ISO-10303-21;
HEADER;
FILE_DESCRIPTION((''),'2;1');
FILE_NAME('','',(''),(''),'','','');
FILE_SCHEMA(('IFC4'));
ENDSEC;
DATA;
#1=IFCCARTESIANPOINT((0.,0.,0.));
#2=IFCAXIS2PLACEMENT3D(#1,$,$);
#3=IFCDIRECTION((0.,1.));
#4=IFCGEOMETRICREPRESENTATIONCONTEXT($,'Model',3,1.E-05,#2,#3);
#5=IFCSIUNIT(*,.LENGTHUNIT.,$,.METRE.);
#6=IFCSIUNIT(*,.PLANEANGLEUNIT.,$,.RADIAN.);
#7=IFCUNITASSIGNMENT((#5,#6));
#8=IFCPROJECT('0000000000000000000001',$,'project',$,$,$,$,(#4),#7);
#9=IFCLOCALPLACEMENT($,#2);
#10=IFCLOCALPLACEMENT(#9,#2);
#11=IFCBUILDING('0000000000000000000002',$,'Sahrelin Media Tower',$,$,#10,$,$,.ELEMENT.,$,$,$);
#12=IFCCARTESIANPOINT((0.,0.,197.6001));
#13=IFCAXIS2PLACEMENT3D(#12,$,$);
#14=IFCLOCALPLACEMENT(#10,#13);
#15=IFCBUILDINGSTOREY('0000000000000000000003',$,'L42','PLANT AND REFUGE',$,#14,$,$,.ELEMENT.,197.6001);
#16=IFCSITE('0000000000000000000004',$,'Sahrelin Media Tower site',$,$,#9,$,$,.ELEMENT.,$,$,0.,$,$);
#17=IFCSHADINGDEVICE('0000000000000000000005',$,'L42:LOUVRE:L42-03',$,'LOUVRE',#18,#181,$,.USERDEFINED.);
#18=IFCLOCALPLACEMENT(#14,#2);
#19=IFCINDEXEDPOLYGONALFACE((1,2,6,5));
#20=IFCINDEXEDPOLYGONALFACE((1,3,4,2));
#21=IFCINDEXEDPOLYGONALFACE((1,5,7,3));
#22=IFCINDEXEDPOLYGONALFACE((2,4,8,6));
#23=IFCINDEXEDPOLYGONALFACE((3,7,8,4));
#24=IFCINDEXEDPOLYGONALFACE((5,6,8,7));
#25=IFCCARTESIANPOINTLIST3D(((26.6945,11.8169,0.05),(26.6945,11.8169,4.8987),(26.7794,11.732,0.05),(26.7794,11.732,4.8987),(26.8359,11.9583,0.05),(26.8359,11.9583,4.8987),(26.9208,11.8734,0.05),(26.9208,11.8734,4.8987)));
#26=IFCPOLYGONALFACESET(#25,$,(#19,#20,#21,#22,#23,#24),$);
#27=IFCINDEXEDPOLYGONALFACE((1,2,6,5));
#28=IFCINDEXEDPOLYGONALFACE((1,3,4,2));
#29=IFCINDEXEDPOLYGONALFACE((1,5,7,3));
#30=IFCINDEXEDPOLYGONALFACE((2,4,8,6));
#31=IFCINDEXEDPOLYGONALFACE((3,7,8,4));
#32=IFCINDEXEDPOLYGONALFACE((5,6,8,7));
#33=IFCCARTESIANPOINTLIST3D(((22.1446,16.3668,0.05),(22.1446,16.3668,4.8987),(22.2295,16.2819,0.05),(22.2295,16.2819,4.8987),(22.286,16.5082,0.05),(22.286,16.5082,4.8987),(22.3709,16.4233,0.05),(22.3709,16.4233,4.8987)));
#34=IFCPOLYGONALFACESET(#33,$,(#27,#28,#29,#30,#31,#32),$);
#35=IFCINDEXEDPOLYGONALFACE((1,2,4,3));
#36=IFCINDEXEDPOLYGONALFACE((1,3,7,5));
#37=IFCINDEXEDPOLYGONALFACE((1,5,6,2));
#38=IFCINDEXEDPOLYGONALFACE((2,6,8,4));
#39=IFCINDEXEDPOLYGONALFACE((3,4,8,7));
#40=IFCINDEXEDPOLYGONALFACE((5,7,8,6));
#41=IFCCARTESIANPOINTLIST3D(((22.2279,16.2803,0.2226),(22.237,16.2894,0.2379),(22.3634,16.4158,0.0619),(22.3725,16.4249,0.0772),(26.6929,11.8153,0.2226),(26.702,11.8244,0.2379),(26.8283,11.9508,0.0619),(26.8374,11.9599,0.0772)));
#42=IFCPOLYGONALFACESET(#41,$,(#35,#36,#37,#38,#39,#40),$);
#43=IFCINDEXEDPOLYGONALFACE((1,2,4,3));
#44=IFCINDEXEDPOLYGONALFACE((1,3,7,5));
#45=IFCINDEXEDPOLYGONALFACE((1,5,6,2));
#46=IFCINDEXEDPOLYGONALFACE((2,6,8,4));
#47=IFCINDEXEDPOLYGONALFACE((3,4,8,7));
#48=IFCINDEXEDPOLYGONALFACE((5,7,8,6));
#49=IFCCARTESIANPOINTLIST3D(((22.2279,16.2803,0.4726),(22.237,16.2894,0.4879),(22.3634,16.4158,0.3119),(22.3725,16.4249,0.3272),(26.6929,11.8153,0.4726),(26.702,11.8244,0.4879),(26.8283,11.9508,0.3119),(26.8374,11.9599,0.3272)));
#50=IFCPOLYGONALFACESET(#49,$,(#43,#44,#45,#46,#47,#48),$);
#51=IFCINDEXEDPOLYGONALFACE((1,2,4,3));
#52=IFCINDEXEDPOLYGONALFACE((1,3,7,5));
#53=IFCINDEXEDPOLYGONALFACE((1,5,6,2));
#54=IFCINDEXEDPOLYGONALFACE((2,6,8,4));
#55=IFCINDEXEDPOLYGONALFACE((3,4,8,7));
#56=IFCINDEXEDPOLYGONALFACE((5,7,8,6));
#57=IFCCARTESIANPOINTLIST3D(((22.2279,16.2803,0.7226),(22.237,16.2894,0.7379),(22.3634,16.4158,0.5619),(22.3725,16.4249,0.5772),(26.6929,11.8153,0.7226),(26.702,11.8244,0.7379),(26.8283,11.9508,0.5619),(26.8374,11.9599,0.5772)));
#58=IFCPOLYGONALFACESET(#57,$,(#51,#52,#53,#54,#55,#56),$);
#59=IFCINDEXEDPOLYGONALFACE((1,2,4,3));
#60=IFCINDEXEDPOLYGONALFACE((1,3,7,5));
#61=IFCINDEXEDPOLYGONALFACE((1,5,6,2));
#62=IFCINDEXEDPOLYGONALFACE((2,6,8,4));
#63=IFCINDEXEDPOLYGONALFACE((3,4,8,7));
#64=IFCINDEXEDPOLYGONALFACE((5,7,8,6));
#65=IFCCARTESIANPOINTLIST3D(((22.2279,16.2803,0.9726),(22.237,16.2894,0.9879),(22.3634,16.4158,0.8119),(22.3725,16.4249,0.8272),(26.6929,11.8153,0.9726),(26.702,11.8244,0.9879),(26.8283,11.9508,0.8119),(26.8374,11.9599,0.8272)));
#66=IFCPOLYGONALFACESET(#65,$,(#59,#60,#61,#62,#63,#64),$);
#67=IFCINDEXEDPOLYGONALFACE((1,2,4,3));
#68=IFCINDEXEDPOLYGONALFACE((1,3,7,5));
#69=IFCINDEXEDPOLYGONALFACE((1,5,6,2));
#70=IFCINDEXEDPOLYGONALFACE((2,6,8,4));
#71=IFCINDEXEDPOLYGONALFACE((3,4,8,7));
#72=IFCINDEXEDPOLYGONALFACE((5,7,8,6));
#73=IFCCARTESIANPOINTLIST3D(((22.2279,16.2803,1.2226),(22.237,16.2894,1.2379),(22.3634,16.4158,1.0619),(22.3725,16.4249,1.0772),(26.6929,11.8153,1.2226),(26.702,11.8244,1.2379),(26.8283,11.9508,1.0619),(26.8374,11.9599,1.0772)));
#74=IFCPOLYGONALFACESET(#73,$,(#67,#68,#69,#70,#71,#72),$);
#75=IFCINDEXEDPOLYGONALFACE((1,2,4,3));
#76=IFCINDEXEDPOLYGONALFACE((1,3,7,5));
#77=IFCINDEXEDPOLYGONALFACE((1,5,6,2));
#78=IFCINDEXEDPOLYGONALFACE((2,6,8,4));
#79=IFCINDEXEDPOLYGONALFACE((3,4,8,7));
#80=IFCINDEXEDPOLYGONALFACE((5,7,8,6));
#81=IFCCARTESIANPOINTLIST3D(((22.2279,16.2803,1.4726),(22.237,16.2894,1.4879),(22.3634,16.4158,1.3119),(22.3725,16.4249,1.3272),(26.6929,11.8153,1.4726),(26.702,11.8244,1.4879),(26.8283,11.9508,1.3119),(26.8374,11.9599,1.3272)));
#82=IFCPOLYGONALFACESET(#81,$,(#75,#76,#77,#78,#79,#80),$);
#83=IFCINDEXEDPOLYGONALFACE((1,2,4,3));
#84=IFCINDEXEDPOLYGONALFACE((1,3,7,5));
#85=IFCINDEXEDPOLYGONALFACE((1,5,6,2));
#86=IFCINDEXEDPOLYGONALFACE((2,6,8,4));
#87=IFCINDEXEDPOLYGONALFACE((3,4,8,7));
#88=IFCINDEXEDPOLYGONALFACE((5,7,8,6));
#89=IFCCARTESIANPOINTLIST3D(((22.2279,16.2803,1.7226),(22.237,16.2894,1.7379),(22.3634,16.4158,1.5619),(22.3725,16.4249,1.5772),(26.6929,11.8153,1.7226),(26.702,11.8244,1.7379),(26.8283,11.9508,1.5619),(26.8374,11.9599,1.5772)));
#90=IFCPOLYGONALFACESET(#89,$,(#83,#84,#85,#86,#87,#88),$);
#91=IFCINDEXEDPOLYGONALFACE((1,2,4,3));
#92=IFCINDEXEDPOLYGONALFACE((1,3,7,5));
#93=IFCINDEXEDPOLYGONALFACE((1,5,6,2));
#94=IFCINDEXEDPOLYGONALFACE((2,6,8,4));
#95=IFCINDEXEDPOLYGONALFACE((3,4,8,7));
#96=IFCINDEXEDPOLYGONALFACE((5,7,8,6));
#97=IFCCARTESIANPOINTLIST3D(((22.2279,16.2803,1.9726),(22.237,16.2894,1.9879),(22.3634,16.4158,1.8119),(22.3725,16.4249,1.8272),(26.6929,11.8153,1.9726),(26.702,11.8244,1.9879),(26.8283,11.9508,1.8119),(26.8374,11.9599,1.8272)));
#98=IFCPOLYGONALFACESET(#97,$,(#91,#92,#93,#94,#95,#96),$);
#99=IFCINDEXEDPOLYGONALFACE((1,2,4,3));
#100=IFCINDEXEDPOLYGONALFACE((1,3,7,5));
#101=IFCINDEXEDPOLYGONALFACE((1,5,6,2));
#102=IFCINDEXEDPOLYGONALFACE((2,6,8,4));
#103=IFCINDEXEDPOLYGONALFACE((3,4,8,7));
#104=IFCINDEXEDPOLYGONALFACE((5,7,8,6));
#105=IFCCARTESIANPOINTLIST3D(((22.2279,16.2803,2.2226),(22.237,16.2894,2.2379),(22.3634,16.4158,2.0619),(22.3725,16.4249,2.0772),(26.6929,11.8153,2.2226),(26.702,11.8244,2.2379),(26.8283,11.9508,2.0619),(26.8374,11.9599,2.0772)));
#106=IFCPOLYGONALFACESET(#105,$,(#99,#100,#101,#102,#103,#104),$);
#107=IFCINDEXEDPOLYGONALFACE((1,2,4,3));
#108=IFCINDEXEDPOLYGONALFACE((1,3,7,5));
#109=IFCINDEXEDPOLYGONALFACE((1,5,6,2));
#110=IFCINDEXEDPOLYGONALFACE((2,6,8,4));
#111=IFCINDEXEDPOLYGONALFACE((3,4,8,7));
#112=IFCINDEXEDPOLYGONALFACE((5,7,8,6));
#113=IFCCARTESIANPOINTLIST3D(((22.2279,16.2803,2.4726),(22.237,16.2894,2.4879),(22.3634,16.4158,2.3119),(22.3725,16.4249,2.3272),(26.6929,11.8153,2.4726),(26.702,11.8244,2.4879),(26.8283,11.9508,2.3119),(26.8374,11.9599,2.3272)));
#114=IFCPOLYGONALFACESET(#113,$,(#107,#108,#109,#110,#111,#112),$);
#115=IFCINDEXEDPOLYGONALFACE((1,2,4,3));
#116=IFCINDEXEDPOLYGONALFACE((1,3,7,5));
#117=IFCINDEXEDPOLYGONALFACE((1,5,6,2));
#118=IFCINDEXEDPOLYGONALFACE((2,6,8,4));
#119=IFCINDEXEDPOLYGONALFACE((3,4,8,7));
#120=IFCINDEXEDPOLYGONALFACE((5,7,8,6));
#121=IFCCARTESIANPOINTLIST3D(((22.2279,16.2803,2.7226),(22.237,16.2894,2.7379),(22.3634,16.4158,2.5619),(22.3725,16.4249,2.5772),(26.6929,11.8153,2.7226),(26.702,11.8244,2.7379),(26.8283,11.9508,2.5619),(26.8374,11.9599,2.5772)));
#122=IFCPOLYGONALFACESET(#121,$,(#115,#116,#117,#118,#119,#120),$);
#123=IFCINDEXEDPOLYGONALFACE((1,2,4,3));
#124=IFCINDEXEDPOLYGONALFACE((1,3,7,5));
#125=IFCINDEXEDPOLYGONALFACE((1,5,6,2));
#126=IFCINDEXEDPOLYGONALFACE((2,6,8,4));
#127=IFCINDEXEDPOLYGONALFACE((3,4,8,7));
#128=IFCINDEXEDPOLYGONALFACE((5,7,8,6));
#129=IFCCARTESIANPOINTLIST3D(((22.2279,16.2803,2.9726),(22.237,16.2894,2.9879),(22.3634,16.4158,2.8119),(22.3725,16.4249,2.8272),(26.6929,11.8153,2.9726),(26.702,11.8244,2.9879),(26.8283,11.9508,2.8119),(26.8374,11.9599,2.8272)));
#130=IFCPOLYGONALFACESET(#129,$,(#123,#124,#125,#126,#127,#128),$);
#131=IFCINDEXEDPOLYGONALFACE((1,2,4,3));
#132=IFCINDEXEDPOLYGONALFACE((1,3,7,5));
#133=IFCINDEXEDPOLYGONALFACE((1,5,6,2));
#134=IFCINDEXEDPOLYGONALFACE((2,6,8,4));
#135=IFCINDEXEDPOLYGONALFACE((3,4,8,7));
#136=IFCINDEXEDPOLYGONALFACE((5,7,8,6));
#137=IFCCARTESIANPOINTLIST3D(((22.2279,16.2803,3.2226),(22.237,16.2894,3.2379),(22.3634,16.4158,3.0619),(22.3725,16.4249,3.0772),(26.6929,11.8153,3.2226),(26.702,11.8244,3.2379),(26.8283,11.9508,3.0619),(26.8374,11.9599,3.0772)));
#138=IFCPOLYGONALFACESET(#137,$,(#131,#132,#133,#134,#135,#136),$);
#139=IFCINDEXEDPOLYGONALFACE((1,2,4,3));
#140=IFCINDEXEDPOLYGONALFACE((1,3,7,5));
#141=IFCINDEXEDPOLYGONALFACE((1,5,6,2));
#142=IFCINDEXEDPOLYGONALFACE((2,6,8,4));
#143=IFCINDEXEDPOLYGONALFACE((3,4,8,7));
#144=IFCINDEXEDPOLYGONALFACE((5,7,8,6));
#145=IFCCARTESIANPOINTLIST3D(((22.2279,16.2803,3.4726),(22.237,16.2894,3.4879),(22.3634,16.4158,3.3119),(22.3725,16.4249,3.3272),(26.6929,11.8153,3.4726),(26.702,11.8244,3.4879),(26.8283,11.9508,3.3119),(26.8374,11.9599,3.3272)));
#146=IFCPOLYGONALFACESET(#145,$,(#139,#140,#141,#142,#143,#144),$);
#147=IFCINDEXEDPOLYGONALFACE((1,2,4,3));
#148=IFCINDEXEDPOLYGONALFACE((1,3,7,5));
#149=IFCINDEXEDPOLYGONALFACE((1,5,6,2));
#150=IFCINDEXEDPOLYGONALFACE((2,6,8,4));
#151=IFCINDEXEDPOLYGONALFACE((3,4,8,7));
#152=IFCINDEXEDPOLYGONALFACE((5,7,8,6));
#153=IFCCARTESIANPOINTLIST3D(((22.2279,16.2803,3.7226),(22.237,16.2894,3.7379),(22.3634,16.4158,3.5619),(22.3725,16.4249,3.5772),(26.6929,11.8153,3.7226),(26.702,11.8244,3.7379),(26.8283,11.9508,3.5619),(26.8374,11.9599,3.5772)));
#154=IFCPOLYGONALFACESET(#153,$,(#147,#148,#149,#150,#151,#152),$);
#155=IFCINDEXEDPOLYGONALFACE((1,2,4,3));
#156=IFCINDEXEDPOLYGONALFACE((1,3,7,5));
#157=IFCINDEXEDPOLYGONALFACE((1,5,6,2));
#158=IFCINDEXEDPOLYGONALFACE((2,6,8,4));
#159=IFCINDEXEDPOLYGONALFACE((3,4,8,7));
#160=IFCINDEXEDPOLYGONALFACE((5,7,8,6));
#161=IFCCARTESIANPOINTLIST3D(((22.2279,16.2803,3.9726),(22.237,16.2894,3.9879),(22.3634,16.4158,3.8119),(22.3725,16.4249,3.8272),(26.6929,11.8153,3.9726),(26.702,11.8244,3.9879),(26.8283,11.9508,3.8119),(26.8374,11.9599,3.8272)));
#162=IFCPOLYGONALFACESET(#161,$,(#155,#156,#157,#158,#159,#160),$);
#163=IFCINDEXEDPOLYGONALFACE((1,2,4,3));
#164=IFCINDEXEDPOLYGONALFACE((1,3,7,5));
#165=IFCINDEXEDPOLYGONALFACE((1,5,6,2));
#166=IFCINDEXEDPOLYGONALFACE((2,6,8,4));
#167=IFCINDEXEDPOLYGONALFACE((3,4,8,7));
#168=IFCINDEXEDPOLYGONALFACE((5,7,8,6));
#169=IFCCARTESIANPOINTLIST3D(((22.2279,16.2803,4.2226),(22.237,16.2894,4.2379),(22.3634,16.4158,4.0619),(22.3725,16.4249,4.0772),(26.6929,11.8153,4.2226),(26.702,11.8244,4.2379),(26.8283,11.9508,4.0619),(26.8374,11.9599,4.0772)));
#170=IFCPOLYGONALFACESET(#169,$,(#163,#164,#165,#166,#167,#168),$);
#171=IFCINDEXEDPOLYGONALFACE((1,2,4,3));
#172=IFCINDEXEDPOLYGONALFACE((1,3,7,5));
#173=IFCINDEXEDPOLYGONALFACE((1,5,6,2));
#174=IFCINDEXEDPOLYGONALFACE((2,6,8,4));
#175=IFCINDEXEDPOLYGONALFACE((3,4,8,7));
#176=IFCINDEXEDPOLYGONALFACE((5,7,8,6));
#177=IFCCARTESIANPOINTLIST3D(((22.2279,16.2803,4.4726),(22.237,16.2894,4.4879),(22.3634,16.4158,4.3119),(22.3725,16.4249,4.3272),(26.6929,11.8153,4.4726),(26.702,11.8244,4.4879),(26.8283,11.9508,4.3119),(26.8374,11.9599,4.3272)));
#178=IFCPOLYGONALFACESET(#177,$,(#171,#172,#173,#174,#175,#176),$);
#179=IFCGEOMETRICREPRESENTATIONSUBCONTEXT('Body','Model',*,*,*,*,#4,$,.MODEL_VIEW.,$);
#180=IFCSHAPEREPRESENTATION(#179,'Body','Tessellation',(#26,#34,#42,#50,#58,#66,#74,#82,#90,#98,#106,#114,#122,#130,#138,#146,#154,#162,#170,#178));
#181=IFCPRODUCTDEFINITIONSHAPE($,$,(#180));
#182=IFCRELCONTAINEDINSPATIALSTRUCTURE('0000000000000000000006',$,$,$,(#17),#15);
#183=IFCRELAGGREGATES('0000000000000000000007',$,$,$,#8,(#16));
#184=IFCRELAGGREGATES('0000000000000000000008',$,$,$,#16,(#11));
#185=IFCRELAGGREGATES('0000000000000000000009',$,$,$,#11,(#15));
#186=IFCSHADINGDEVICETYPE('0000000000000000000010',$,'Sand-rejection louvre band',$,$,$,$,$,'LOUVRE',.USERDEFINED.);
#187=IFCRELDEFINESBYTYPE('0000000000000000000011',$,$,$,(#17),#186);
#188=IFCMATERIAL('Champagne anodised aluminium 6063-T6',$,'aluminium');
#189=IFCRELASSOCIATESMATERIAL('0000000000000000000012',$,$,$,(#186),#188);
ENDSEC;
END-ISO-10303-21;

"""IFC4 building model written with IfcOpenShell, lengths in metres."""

from ifc_helpers import new_model, si_unit, direction, frame, origin, origin_2d, place, context, subcontext, project, spatial, rectangle, extrude, material, type_object, element, save


model = new_model("IFC4")

# Units and contexts
model_context = context("Model", 3, precision=1e-05, world=origin(), true_north=direction((0.0, 1.0)))
body_context = subcontext(model_context, "Body", "Model", "MODEL_VIEW")
ifc_project = project(units=[si_unit("LENGTHUNIT", "METRE"), si_unit("PLANEANGLEUNIT", "RADIAN")], contexts=[model_context])

# Site, building, storey
site_placement = place(None, origin())
site = spatial("IfcSite", under=ifc_project, at=site_placement, Name="Sahrelin Media Tower site", CompositionType="ELEMENT", RefElevation=0.0)
building_placement = place(site_placement, origin())
building = spatial("IfcBuilding", under=site, at=building_placement, Name="Sahrelin Media Tower", CompositionType="ELEMENT")
storey_placement = place(building_placement, frame((0.0, 0.0, 197.6001)))
storey = spatial("IfcBuildingStorey", under=building, at=storey_placement, Name="L42", Description="PLANT AND REFUGE", CompositionType="ELEMENT", Elevation=197.6001)

# Shading device
ifc_material_1 = material(Name="Champagne anodised aluminium 6063-T6", Category="aluminium")
shading_device_type = type_object("IfcShadingDeviceType", Name="Sand-rejection louvre band", ElementType="LOUVRE", PredefinedType="USERDEFINED", material=ifc_material_1)
shading_device_1_placement = place(storey_placement, frame((24.4619, 14.0493, 0.0), z_axis=(0.0, 0.0, 1.0), x_axis=(0.707107, -0.707107, 0.0)))
element("IfcShadingDevice", 1, at=shading_device_1_placement, inside=storey, type_object=shading_device_type, Name="L42:LOUVRE:L42-03", ObjectType="LOUVRE", PredefinedType="USERDEFINED", context=body_context, shape_type="SweptSolid", body=[
    extrude(rectangle(XDim=0.1201, YDim=0.2, at=origin_2d()), frame((3.2173, 0.1001, 0.05), z_axis=(0.0, 0.0, 1.0), x_axis=(1.0, 0.0, 0.0)), (0.0, 0.0, 1.0), 4.8486),
    extrude(rectangle(XDim=0.1201, YDim=0.2, at=origin_2d()), frame((-3.2173, 0.1001, 0.05), z_axis=(0.0, 0.0, 1.0), x_axis=(1.0, 0.0, 0.0)), (0.0, 0.0, 1.0), 4.8486),
    extrude(rectangle(XDim=0.25, YDim=0.02, at=origin_2d()), frame((3.1572, 0.1001, 0.1499), z_axis=(-1.0, 0.0, 0.0), x_axis=(0.0, -0.766044, 0.642788)), (0.0, 0.0, 1.0), 6.3145),
    extrude(rectangle(XDim=0.25, YDim=0.02, at=origin_2d()), frame((3.1572, 0.1001, 0.3999), z_axis=(-1.0, 0.0, 0.0), x_axis=(0.0, -0.766044, 0.642788)), (0.0, 0.0, 1.0), 6.3145),
    extrude(rectangle(XDim=0.25, YDim=0.02, at=origin_2d()), frame((3.1572, 0.1001, 0.6499), z_axis=(-1.0, 0.0, 0.0), x_axis=(0.0, -0.766044, 0.642788)), (0.0, 0.0, 1.0), 6.3145),
    extrude(rectangle(XDim=0.25, YDim=0.02, at=origin_2d()), frame((3.1572, 0.1001, 0.8999), z_axis=(-1.0, 0.0, 0.0), x_axis=(0.0, -0.766044, 0.642788)), (0.0, 0.0, 1.0), 6.3145),
    extrude(rectangle(XDim=0.25, YDim=0.02, at=origin_2d()), frame((3.1572, 0.1001, 1.1499), z_axis=(-1.0, 0.0, 0.0), x_axis=(0.0, -0.766044, 0.642788)), (0.0, 0.0, 1.0), 6.3145),
    extrude(rectangle(XDim=0.25, YDim=0.02, at=origin_2d()), frame((3.1572, 0.1001, 1.3999), z_axis=(-1.0, 0.0, 0.0), x_axis=(0.0, -0.766044, 0.642788)), (0.0, 0.0, 1.0), 6.3145),
    extrude(rectangle(XDim=0.25, YDim=0.02, at=origin_2d()), frame((3.1572, 0.1001, 1.6499), z_axis=(-1.0, 0.0, 0.0), x_axis=(0.0, -0.766044, 0.642788)), (0.0, 0.0, 1.0), 6.3145),
    extrude(rectangle(XDim=0.25, YDim=0.02, at=origin_2d()), frame((3.1572, 0.1001, 1.8999), z_axis=(-1.0, 0.0, 0.0), x_axis=(0.0, -0.766044, 0.642788)), (0.0, 0.0, 1.0), 6.3145),
    extrude(rectangle(XDim=0.25, YDim=0.02, at=origin_2d()), frame((3.1572, 0.1001, 2.1499), z_axis=(-1.0, 0.0, 0.0), x_axis=(0.0, -0.766044, 0.642788)), (0.0, 0.0, 1.0), 6.3145),
    extrude(rectangle(XDim=0.25, YDim=0.02, at=origin_2d()), frame((3.1572, 0.1001, 2.3999), z_axis=(-1.0, 0.0, 0.0), x_axis=(0.0, -0.766044, 0.642788)), (0.0, 0.0, 1.0), 6.3145),
    extrude(rectangle(XDim=0.25, YDim=0.02, at=origin_2d()), frame((3.1572, 0.1001, 2.6499), z_axis=(-1.0, 0.0, 0.0), x_axis=(0.0, -0.766044, 0.642788)), (0.0, 0.0, 1.0), 6.3145),
    extrude(rectangle(XDim=0.25, YDim=0.02, at=origin_2d()), frame((3.1572, 0.1001, 2.8999), z_axis=(-1.0, 0.0, 0.0), x_axis=(0.0, -0.766044, 0.642788)), (0.0, 0.0, 1.0), 6.3145),
    extrude(rectangle(XDim=0.25, YDim=0.02, at=origin_2d()), frame((3.1572, 0.1001, 3.1499), z_axis=(-1.0, 0.0, 0.0), x_axis=(0.0, -0.766044, 0.642788)), (0.0, 0.0, 1.0), 6.3145),
    extrude(rectangle(XDim=0.25, YDim=0.02, at=origin_2d()), frame((3.1572, 0.1001, 3.3999), z_axis=(-1.0, 0.0, 0.0), x_axis=(0.0, -0.766044, 0.642788)), (0.0, 0.0, 1.0), 6.3145),
    extrude(rectangle(XDim=0.25, YDim=0.02, at=origin_2d()), frame((3.1572, 0.1001, 3.6499), z_axis=(-1.0, 0.0, 0.0), x_axis=(0.0, -0.766044, 0.642788)), (0.0, 0.0, 1.0), 6.3145),
    extrude(rectangle(XDim=0.25, YDim=0.02, at=origin_2d()), frame((3.1572, 0.1001, 3.8999), z_axis=(-1.0, 0.0, 0.0), x_axis=(0.0, -0.766044, 0.642788)), (0.0, 0.0, 1.0), 6.3145),
    extrude(rectangle(XDim=0.25, YDim=0.02, at=origin_2d()), frame((3.1572, 0.1001, 4.1499), z_axis=(-1.0, 0.0, 0.0), x_axis=(0.0, -0.766044, 0.642788)), (0.0, 0.0, 1.0), 6.3145),
    extrude(rectangle(XDim=0.25, YDim=0.02, at=origin_2d()), frame((3.1572, 0.1001, 4.3999), z_axis=(-1.0, 0.0, 0.0), x_axis=(0.0, -0.766044, 0.642788)), (0.0, 0.0, 1.0), 6.3145),
])

save(model, "model.ifc")
